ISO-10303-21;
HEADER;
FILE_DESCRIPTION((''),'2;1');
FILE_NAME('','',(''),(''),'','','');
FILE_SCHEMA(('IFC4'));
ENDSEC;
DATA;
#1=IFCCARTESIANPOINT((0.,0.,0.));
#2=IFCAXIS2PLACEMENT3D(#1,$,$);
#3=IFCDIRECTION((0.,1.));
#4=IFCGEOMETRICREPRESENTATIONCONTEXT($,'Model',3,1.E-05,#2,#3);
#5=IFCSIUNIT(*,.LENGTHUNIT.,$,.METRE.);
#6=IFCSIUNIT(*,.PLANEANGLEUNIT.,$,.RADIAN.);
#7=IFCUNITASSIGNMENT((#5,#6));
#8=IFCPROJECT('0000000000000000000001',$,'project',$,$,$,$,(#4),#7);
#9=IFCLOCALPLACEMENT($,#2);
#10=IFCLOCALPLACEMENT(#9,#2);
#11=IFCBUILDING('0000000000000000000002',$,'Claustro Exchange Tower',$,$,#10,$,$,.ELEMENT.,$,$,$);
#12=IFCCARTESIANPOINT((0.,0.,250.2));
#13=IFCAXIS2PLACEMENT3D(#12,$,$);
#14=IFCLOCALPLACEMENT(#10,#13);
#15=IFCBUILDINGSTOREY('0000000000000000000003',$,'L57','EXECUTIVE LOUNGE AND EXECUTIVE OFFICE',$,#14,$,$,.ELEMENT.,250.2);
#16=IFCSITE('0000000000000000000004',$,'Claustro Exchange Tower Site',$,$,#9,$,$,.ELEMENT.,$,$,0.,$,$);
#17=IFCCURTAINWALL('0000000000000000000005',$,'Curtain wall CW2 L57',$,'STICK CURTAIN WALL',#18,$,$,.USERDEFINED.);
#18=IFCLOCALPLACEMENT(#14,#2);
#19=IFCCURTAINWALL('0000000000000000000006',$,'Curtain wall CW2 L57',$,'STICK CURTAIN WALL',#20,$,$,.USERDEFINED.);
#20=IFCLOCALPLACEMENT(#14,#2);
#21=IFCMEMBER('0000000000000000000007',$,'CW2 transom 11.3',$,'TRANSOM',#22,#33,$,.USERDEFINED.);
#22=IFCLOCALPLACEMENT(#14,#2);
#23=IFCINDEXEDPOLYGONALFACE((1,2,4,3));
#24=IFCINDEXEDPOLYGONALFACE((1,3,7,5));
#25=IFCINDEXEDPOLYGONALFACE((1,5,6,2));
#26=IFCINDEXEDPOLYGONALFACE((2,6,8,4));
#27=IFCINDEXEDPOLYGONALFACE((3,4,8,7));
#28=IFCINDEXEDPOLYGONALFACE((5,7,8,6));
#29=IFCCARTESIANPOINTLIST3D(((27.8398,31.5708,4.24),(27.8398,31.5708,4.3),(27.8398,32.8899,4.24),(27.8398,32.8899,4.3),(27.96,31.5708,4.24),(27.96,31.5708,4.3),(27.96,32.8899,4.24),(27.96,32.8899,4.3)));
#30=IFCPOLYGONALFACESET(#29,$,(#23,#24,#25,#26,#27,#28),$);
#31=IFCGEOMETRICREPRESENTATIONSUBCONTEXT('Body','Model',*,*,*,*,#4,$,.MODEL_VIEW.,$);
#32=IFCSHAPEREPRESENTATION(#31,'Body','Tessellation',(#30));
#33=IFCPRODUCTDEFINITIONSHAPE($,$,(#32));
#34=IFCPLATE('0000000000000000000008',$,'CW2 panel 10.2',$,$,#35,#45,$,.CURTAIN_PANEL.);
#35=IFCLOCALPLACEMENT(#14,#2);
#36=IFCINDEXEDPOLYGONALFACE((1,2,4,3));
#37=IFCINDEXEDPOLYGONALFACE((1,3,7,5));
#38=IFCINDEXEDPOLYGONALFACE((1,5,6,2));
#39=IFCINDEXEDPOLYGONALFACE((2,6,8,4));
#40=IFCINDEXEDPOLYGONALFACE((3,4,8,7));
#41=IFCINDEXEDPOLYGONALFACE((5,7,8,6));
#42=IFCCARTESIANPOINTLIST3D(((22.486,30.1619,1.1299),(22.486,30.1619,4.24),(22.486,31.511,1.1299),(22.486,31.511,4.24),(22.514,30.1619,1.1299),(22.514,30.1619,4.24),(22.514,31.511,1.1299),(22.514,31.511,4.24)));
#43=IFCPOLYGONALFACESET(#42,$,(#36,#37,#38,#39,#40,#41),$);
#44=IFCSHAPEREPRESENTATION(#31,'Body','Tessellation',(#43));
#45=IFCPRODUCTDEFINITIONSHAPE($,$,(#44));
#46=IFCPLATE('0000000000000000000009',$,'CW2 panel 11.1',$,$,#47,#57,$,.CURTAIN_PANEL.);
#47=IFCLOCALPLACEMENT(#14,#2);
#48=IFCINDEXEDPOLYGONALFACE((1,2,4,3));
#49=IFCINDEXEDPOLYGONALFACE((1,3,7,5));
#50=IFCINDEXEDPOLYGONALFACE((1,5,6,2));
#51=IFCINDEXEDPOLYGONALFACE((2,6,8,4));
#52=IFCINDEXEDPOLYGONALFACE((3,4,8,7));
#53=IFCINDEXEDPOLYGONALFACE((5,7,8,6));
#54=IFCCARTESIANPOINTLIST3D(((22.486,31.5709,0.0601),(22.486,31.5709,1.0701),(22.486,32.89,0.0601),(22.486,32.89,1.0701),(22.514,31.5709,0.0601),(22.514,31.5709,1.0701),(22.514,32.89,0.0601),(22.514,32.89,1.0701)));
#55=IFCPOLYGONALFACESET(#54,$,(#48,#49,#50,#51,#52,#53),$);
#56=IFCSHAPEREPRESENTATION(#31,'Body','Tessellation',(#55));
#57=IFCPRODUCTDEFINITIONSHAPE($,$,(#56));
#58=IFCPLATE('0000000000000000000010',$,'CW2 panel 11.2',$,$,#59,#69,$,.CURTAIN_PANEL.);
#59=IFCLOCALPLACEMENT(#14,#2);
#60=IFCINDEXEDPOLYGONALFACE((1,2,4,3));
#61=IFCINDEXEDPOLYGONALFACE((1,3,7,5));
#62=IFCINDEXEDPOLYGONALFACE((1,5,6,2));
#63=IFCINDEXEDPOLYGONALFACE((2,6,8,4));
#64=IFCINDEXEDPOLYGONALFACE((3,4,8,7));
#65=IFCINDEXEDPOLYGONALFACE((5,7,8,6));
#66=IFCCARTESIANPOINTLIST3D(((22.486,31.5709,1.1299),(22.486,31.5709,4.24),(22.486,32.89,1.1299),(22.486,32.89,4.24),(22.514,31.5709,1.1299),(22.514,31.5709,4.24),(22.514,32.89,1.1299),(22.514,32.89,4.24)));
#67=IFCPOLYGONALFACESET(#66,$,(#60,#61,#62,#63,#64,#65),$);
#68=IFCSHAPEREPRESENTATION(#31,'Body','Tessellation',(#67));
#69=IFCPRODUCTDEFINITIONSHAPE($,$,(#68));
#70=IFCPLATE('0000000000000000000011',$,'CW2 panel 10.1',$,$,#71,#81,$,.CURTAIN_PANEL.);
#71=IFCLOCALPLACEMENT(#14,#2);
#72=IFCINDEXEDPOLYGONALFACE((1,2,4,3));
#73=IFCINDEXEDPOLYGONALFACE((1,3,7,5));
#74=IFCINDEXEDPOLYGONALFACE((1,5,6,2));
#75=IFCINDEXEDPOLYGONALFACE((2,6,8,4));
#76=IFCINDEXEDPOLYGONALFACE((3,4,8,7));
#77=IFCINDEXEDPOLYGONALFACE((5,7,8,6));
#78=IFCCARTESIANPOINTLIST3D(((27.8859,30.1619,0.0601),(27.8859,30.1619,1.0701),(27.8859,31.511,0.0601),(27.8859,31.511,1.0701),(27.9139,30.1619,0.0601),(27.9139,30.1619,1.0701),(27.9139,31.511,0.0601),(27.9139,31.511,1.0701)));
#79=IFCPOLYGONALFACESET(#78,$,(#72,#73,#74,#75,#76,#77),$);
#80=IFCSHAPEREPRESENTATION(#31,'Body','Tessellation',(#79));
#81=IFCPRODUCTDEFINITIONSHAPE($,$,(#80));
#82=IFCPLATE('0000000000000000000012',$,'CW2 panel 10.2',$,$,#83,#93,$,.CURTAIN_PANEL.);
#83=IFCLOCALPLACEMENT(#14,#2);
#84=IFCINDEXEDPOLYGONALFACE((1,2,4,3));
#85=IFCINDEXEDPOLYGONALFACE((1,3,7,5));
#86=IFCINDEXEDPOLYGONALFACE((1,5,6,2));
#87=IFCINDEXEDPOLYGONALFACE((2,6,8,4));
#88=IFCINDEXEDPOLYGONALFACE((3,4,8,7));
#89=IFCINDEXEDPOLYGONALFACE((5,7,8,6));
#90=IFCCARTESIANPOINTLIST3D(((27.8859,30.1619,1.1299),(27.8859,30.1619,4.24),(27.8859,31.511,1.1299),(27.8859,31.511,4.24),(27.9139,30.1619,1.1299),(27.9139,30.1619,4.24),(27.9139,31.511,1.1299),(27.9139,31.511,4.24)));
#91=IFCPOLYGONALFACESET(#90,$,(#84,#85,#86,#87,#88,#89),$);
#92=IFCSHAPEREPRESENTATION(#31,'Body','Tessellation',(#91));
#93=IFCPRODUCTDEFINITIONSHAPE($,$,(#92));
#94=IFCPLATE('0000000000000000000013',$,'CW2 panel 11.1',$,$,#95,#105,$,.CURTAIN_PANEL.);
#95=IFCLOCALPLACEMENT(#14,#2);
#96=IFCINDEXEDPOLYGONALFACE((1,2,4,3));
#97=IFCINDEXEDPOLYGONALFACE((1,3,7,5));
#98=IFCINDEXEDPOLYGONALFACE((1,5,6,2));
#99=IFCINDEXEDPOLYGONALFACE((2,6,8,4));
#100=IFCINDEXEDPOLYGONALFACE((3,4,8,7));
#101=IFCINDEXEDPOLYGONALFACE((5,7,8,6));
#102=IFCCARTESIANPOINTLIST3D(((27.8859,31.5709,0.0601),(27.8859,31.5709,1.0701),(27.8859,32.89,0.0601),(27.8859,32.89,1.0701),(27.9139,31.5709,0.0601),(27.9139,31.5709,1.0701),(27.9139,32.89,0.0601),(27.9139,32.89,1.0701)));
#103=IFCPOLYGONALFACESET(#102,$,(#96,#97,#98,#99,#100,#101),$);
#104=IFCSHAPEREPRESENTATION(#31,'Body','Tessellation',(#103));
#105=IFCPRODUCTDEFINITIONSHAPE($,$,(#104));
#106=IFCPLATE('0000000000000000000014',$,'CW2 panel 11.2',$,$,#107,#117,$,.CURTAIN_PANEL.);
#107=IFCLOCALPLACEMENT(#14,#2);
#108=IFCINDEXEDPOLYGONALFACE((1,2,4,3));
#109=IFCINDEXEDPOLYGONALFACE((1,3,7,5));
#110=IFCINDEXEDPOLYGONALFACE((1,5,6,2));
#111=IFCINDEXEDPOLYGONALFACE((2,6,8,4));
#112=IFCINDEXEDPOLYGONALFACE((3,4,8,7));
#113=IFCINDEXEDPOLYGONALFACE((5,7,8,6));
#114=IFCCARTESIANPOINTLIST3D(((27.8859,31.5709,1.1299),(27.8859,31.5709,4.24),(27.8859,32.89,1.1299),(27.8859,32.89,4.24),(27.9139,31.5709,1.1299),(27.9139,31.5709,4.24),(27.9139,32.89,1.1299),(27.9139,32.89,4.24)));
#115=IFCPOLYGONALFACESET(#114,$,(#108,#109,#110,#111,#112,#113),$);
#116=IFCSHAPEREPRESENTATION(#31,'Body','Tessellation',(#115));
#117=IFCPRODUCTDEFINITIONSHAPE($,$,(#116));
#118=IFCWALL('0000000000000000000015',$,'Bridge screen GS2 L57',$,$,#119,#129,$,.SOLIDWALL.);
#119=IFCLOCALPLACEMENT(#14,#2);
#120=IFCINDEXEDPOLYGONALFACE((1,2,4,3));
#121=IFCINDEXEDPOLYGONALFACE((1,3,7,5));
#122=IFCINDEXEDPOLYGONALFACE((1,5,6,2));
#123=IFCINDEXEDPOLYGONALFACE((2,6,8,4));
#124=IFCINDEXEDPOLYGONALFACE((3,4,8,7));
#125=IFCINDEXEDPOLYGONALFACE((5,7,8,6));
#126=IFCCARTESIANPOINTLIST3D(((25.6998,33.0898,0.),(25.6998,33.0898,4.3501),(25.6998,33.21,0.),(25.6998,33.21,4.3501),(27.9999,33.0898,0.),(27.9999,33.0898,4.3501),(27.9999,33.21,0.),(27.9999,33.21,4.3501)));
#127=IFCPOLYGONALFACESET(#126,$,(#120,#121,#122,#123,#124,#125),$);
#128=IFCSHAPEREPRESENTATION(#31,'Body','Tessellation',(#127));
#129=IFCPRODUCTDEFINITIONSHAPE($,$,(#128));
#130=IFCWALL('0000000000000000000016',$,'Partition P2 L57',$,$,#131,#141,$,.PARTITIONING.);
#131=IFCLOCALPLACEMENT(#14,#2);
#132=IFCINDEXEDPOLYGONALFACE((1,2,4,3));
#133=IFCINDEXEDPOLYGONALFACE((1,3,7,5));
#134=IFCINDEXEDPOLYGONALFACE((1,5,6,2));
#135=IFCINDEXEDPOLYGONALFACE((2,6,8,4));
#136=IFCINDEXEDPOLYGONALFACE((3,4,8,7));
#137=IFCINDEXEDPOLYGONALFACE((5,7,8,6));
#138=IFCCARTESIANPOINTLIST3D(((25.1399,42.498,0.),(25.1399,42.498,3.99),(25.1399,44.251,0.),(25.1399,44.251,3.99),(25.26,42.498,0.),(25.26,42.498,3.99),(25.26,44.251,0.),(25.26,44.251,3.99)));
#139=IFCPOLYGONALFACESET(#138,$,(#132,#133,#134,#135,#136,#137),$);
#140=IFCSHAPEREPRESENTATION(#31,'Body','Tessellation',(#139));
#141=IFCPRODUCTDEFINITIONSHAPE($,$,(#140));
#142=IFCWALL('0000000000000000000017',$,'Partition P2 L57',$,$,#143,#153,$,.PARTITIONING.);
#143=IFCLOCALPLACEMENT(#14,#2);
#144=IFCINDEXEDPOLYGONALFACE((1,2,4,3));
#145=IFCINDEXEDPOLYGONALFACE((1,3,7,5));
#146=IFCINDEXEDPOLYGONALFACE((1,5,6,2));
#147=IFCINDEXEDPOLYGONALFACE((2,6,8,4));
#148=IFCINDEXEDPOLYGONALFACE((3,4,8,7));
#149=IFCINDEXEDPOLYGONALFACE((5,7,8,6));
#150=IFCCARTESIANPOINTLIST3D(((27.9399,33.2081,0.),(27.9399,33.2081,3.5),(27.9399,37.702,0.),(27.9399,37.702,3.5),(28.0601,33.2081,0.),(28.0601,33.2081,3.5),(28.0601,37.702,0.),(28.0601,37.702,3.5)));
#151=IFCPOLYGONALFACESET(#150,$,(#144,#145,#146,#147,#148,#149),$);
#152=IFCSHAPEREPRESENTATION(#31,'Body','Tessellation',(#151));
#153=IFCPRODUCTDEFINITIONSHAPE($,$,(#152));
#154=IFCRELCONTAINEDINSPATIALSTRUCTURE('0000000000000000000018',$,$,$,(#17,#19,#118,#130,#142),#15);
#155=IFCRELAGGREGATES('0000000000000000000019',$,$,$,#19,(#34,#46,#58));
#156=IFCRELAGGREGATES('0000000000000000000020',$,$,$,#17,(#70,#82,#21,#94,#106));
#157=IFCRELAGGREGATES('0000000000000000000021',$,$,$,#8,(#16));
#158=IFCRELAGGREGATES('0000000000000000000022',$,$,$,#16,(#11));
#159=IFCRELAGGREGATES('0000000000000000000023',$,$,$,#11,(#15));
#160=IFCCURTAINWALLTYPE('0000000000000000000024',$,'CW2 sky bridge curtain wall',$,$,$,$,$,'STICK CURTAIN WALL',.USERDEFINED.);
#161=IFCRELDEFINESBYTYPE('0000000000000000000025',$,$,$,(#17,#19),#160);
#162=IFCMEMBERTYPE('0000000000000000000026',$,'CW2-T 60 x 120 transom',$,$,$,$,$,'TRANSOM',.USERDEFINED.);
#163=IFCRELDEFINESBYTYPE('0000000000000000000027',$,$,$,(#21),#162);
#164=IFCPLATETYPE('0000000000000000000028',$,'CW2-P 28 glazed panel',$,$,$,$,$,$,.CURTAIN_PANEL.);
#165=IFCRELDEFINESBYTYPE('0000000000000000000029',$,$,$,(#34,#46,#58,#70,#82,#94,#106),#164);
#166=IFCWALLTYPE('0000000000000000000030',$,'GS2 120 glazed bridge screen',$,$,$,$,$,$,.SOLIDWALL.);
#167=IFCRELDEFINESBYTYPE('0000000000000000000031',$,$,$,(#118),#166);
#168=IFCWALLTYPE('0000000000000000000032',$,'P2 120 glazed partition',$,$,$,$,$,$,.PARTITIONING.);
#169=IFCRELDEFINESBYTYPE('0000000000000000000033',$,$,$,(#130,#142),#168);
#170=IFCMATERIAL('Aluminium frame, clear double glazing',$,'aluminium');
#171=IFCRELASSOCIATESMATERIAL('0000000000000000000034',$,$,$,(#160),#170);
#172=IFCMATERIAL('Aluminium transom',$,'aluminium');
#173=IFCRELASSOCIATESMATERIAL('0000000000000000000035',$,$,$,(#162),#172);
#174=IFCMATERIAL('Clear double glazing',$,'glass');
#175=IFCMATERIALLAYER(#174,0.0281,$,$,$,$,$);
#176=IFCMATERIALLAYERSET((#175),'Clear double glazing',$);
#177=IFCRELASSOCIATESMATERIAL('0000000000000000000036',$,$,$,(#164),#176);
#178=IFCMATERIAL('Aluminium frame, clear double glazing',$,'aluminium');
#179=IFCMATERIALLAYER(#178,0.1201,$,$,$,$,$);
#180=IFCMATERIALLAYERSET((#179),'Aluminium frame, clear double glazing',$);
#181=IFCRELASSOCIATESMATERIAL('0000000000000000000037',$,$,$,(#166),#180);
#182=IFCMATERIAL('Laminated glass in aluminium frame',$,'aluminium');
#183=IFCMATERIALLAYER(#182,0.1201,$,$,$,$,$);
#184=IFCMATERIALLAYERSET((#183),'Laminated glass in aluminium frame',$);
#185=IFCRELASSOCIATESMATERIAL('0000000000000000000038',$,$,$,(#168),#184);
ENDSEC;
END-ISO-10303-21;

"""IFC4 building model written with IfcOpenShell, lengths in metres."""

from ifc_helpers import new_model, si_unit, direction, frame, frame_2d, origin, origin_2d, place, context, subcontext, project, spatial, rectangle, extrude, material, layer, layer_set, material_profile, profile_set, type_object, element, aggregate, save


model = new_model("IFC4")

# Units and contexts
model_context = context("Model", 3, precision=1e-05, world=origin(), true_north=direction((0.0, 1.0)))
body_context = subcontext(model_context, "Body", "Model", "MODEL_VIEW")
ifc_project = project(units=[si_unit("LENGTHUNIT", "METRE"), si_unit("PLANEANGLEUNIT", "RADIAN")], contexts=[model_context])

# Site, building, storey
site_placement = place(None, origin())
site = spatial("IfcSite", under=ifc_project, at=site_placement, Name="Claustro Exchange Tower Site", CompositionType="ELEMENT", RefElevation=0.0)
building_placement = place(site_placement, origin())
building = spatial("IfcBuilding", under=site, at=building_placement, Name="Claustro Exchange Tower", CompositionType="ELEMENT")
storey_placement = place(building_placement, frame((0.0, 0.0, 250.2)))
storey = spatial("IfcBuildingStorey", under=building, at=storey_placement, Name="L57", Description="EXECUTIVE LOUNGE AND EXECUTIVE OFFICE", CompositionType="ELEMENT", Elevation=250.2)

# Curtain walls
ifc_material_1 = material(Name="Aluminium frame, clear double glazing", Category="aluminium")
curtain_wall_type = type_object("IfcCurtainWallType", Name="CW2 sky bridge curtain wall", ElementType="STICK CURTAIN WALL", PredefinedType="USERDEFINED", material=ifc_material_1)
curtain_wall_1_placement = place(storey_placement, origin())
curtain_wall_1 = element("IfcCurtainWall", 1, at=curtain_wall_1_placement, inside=storey, type_object=curtain_wall_type, Name="Curtain wall CW2 L57", ObjectType="STICK CURTAIN WALL", PredefinedType="USERDEFINED")
curtain_wall_2_placement = place(storey_placement, origin())
curtain_wall_2 = element("IfcCurtainWall", 2, at=curtain_wall_2_placement, inside=storey, type_object=curtain_wall_type, Name="Curtain wall CW2 L57", ObjectType="STICK CURTAIN WALL", PredefinedType="USERDEFINED")
ifc_material_2 = material(Name="Aluminium transom", Category="aluminium")
ifc_material_profile_1 = material_profile(ifc_material_2, rectangle(XDim=0.1201, YDim=0.0601, at=origin_2d()), Name="CW2-T 60x120")
ifc_profile_set_1 = profile_set([ifc_material_profile_1], Name="Aluminium transom")
member_type_1 = type_object("IfcMemberType", Name="CW2-T 60 x 120 transom", ElementType="TRANSOM", PredefinedType="USERDEFINED", material=ifc_profile_set_1)

# Member
member_1_placement = place(storey_placement, frame((27.8999, 31.5708, 4.27), z_axis=(0.0, 1.0, 0.0), x_axis=(-1.0, 0.0, 0.0)))
member_1 = element("IfcMember", 3, at=member_1_placement, type_object=member_type_1, Name="CW2 transom 11.3", ObjectType="TRANSOM", PredefinedType="USERDEFINED", context=body_context, shape_type="SweptSolid", body=[
    extrude(rectangle(XDim=0.1201, YDim=0.0601, at=origin_2d()), origin(), (0.0, 0.0, 1.0), 1.3191),
])

# Plates
ifc_material_3 = material(Name="Clear double glazing", Category="glass")
ifc_layer_1 = layer(ifc_material_3, 0.0281)
ifc_layer_set_1 = layer_set([ifc_layer_1], Name="Clear double glazing")
plate_type = type_object("IfcPlateType", Name="CW2-P 28 glazed panel", PredefinedType="CURTAIN_PANEL", material=ifc_layer_set_1)
plate_1_placement = place(storey_placement, frame((22.5, 30.8364, 1.1299), z_axis=(0.0, 0.0, 1.0), x_axis=(0.0, 1.0, 0.0)))
plate_1 = element("IfcPlate", 4, at=plate_1_placement, type_object=plate_type, Name="CW2 panel 10.2", PredefinedType="CURTAIN_PANEL", context=body_context, shape_type="SweptSolid", body=[
    extrude(rectangle(XDim=1.3491, YDim=0.0281, at=origin_2d()), origin(), (0.0, 0.0, 1.0), 3.1101),
])
plate_2_placement = place(storey_placement, frame((22.5, 32.2305, 0.0601), z_axis=(0.0, 0.0, 1.0), x_axis=(0.0, 1.0, 0.0)))
plate_2 = element("IfcPlate", 5, at=plate_2_placement, type_object=plate_type, Name="CW2 panel 11.1", PredefinedType="CURTAIN_PANEL", context=body_context, shape_type="SweptSolid", body=[
    extrude(rectangle(XDim=1.3191, YDim=0.0281, at=origin_2d()), origin(), (0.0, 0.0, 1.0), 1.01),
])
plate_3_placement = place(storey_placement, frame((22.5, 32.2305, 1.1299), z_axis=(0.0, 0.0, 1.0), x_axis=(0.0, 1.0, 0.0)))
plate_3 = element("IfcPlate", 6, at=plate_3_placement, type_object=plate_type, Name="CW2 panel 11.2", PredefinedType="CURTAIN_PANEL", context=body_context, shape_type="SweptSolid", body=[
    extrude(rectangle(XDim=1.3191, YDim=0.0281, at=origin_2d()), origin(), (0.0, 0.0, 1.0), 3.1101),
])
aggregate(curtain_wall_2, [plate_1, plate_2, plate_3])
plate_4_placement = place(storey_placement, frame((27.8999, 30.8364, 0.0601), z_axis=(0.0, 0.0, 1.0), x_axis=(0.0, 1.0, 0.0)))
plate_4 = element("IfcPlate", 7, at=plate_4_placement, type_object=plate_type, Name="CW2 panel 10.1", PredefinedType="CURTAIN_PANEL", context=body_context, shape_type="SweptSolid", body=[
    extrude(rectangle(XDim=1.3491, YDim=0.0281, at=origin_2d()), origin(), (0.0, 0.0, 1.0), 1.01),
])
plate_5_placement = place(storey_placement, frame((27.8999, 30.8364, 1.1299), z_axis=(0.0, 0.0, 1.0), x_axis=(0.0, 1.0, 0.0)))
plate_5 = element("IfcPlate", 8, at=plate_5_placement, type_object=plate_type, Name="CW2 panel 10.2", PredefinedType="CURTAIN_PANEL", context=body_context, shape_type="SweptSolid", body=[
    extrude(rectangle(XDim=1.3491, YDim=0.0281, at=origin_2d()), origin(), (0.0, 0.0, 1.0), 3.1101),
])
plate_6_placement = place(storey_placement, frame((27.8999, 32.2305, 0.0601), z_axis=(0.0, 0.0, 1.0), x_axis=(0.0, 1.0, 0.0)))
plate_6 = element("IfcPlate", 9, at=plate_6_placement, type_object=plate_type, Name="CW2 panel 11.1", PredefinedType="CURTAIN_PANEL", context=body_context, shape_type="SweptSolid", body=[
    extrude(rectangle(XDim=1.3191, YDim=0.0281, at=origin_2d()), origin(), (0.0, 0.0, 1.0), 1.01),
])
plate_7_placement = place(storey_placement, frame((27.8999, 32.2305, 1.1299), z_axis=(0.0, 0.0, 1.0), x_axis=(0.0, 1.0, 0.0)))
plate_7 = element("IfcPlate", 10, at=plate_7_placement, type_object=plate_type, Name="CW2 panel 11.2", PredefinedType="CURTAIN_PANEL", context=body_context, shape_type="SweptSolid", body=[
    extrude(rectangle(XDim=1.3191, YDim=0.0281, at=origin_2d()), origin(), (0.0, 0.0, 1.0), 3.1101),
])
aggregate(curtain_wall_1, [plate_4, plate_5, member_1, plate_6, plate_7])

# Walls
ifc_material_4 = material(Name="Aluminium frame, clear double glazing", Category="aluminium")
ifc_layer_2 = layer(ifc_material_4, 0.1201)
ifc_layer_set_2 = layer_set([ifc_layer_2], Name="Aluminium frame, clear double glazing")
wall_type_1 = type_object("IfcWallType", Name="GS2 120 glazed bridge screen", PredefinedType="SOLIDWALL", material=ifc_layer_set_2)
wall_1_placement = place(storey_placement, frame((25.7, 33.1499, 0.0), z_axis=(0.0, 0.0, 1.0), x_axis=(1.0, 0.0, 0.0)))
element("IfcWall", 11, at=wall_1_placement, inside=storey, type_object=wall_type_1, Name="Bridge screen GS2 L57", PredefinedType="SOLIDWALL", context=body_context, shape_type="SweptSolid", body=[
    extrude(rectangle(XDim=2.3, YDim=0.1201, at=frame_2d((1.1499, 0.0))), origin(), (0.0, 0.0, 1.0), 4.3501),
])
ifc_material_5 = material(Name="Laminated glass in aluminium frame", Category="aluminium")
ifc_layer_3 = layer(ifc_material_5, 0.1201)
ifc_layer_set_3 = layer_set([ifc_layer_3], Name="Laminated glass in aluminium frame")
wall_type_2 = type_object("IfcWallType", Name="P2 120 glazed partition", PredefinedType="PARTITIONING", material=ifc_layer_set_3)
wall_2_placement = place(storey_placement, frame((25.2, 42.498, 0.0), z_axis=(0.0, 0.0, 1.0), x_axis=(0.0, 1.0, 0.0)))
element("IfcWall", 12, at=wall_2_placement, inside=storey, type_object=wall_type_2, Name="Partition P2 L57", PredefinedType="PARTITIONING", context=body_context, shape_type="SweptSolid", body=[
    extrude(rectangle(XDim=1.7529, YDim=0.1201, at=frame_2d((0.8765, 0.0))), origin(), (0.0, 0.0, 1.0), 3.99),
])
wall_3_placement = place(storey_placement, frame((28.0, 33.208, 0.0), z_axis=(0.0, 0.0, 1.0), x_axis=(0.0, 1.0, 0.0)))
element("IfcWall", 13, at=wall_3_placement, inside=storey, type_object=wall_type_2, Name="Partition P2 L57", PredefinedType="PARTITIONING", context=body_context, shape_type="SweptSolid", body=[
    extrude(rectangle(XDim=4.4939, YDim=0.1201, at=frame_2d((2.2471, 0.0))), origin(), (0.0, 0.0, 1.0), 3.5),
])

save(model, "model.ifc")
